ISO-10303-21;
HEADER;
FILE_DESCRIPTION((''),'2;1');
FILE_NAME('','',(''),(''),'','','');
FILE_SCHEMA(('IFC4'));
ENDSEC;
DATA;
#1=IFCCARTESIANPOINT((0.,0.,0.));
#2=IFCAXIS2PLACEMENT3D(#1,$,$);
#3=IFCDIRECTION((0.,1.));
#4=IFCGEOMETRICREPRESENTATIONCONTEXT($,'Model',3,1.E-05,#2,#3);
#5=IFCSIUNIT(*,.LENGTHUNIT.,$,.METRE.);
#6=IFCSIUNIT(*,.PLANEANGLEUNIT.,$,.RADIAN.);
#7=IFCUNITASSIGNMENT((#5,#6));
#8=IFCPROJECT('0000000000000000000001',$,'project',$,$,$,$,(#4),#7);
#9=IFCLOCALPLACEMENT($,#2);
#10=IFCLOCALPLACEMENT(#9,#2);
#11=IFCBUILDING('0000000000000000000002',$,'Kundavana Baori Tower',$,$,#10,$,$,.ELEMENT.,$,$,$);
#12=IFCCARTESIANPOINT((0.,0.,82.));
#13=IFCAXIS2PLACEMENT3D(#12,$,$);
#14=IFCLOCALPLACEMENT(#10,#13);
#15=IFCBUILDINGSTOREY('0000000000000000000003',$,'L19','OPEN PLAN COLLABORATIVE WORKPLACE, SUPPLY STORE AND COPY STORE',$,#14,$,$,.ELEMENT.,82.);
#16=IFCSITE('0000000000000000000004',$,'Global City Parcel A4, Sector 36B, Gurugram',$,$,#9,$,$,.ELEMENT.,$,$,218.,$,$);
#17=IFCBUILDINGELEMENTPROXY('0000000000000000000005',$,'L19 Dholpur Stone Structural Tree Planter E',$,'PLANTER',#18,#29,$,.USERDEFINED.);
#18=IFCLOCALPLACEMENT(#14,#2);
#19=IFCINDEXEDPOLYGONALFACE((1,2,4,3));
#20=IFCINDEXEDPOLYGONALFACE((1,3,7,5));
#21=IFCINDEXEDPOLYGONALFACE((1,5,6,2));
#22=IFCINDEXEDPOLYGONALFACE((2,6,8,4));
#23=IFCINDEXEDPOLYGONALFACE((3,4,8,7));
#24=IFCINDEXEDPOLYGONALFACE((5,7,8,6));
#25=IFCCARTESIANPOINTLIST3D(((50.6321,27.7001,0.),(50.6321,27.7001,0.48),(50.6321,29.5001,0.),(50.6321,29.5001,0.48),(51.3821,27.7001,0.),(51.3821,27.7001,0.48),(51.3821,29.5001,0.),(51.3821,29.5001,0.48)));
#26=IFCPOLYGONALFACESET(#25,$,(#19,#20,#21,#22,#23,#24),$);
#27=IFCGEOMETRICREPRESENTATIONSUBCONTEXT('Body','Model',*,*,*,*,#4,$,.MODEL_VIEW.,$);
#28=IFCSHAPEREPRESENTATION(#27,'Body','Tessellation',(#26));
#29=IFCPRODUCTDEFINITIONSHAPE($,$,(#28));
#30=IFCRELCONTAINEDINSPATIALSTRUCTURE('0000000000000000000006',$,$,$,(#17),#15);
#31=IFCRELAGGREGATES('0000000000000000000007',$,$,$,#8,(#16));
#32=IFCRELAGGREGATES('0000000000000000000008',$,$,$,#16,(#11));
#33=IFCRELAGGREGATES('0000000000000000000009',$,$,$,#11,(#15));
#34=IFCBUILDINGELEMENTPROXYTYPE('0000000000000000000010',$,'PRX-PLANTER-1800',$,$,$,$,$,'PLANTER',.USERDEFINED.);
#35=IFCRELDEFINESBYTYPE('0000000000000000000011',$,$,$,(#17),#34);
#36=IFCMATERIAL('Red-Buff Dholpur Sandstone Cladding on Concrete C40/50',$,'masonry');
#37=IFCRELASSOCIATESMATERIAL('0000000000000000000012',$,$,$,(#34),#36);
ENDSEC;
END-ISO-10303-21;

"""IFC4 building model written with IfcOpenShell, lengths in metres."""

from ifc_helpers import new_model, si_unit, direction, frame, origin, origin_2d, place, context, subcontext, project, spatial, rectangle, extrude, material, type_object, element, save


model = new_model("IFC4")

# Units and contexts
model_context = context("Model", 3, precision=1e-05, world=origin(), true_north=direction((0.0, 1.0)))
body_context = subcontext(model_context, "Body", "Model", "MODEL_VIEW")
ifc_project = project(units=[si_unit("LENGTHUNIT", "METRE"), si_unit("PLANEANGLEUNIT", "RADIAN")], contexts=[model_context])

# Site, building, storey
site_placement = place(None, origin())
site = spatial("IfcSite", under=ifc_project, at=site_placement, Name="Global City Parcel A4, Sector 36B, Gurugram", CompositionType="ELEMENT", RefElevation=218.0)
building_placement = place(site_placement, origin())
building = spatial("IfcBuilding", under=site, at=building_placement, Name="Kundavana Baori Tower", CompositionType="ELEMENT")
storey_placement = place(building_placement, frame((0.0, 0.0, 82.0)))
storey = spatial("IfcBuildingStorey", under=building, at=storey_placement, Name="L19", Description="OPEN PLAN COLLABORATIVE WORKPLACE, SUPPLY STORE AND COPY STORE", CompositionType="ELEMENT", Elevation=82.0)

# Building element proxy
ifc_material_1 = material(Name="Red-Buff Dholpur Sandstone Cladding on Concrete C40/50", Category="masonry")
building_element_proxy_type = type_object("IfcBuildingElementProxyType", Name="PRX-PLANTER-1800", ElementType="PLANTER", PredefinedType="USERDEFINED", material=ifc_material_1)
proxy_placement = place(storey_placement, frame((51.0071, 28.6001, 0.0), z_axis=(0.0, 0.0, 1.0), x_axis=(0.0, 1.0, 0.0)))
element("IfcBuildingElementProxy", 1, at=proxy_placement, inside=storey, type_object=building_element_proxy_type, Name="L19 Dholpur Stone Structural Tree Planter E", ObjectType="PLANTER", PredefinedType="USERDEFINED", context=body_context, shape_type="SweptSolid", body=[
    extrude(rectangle(XDim=1.8, YDim=0.75, at=origin_2d()), origin(), (0.0, 0.0, 1.0), 0.48),
])

save(model, "model.ifc")
